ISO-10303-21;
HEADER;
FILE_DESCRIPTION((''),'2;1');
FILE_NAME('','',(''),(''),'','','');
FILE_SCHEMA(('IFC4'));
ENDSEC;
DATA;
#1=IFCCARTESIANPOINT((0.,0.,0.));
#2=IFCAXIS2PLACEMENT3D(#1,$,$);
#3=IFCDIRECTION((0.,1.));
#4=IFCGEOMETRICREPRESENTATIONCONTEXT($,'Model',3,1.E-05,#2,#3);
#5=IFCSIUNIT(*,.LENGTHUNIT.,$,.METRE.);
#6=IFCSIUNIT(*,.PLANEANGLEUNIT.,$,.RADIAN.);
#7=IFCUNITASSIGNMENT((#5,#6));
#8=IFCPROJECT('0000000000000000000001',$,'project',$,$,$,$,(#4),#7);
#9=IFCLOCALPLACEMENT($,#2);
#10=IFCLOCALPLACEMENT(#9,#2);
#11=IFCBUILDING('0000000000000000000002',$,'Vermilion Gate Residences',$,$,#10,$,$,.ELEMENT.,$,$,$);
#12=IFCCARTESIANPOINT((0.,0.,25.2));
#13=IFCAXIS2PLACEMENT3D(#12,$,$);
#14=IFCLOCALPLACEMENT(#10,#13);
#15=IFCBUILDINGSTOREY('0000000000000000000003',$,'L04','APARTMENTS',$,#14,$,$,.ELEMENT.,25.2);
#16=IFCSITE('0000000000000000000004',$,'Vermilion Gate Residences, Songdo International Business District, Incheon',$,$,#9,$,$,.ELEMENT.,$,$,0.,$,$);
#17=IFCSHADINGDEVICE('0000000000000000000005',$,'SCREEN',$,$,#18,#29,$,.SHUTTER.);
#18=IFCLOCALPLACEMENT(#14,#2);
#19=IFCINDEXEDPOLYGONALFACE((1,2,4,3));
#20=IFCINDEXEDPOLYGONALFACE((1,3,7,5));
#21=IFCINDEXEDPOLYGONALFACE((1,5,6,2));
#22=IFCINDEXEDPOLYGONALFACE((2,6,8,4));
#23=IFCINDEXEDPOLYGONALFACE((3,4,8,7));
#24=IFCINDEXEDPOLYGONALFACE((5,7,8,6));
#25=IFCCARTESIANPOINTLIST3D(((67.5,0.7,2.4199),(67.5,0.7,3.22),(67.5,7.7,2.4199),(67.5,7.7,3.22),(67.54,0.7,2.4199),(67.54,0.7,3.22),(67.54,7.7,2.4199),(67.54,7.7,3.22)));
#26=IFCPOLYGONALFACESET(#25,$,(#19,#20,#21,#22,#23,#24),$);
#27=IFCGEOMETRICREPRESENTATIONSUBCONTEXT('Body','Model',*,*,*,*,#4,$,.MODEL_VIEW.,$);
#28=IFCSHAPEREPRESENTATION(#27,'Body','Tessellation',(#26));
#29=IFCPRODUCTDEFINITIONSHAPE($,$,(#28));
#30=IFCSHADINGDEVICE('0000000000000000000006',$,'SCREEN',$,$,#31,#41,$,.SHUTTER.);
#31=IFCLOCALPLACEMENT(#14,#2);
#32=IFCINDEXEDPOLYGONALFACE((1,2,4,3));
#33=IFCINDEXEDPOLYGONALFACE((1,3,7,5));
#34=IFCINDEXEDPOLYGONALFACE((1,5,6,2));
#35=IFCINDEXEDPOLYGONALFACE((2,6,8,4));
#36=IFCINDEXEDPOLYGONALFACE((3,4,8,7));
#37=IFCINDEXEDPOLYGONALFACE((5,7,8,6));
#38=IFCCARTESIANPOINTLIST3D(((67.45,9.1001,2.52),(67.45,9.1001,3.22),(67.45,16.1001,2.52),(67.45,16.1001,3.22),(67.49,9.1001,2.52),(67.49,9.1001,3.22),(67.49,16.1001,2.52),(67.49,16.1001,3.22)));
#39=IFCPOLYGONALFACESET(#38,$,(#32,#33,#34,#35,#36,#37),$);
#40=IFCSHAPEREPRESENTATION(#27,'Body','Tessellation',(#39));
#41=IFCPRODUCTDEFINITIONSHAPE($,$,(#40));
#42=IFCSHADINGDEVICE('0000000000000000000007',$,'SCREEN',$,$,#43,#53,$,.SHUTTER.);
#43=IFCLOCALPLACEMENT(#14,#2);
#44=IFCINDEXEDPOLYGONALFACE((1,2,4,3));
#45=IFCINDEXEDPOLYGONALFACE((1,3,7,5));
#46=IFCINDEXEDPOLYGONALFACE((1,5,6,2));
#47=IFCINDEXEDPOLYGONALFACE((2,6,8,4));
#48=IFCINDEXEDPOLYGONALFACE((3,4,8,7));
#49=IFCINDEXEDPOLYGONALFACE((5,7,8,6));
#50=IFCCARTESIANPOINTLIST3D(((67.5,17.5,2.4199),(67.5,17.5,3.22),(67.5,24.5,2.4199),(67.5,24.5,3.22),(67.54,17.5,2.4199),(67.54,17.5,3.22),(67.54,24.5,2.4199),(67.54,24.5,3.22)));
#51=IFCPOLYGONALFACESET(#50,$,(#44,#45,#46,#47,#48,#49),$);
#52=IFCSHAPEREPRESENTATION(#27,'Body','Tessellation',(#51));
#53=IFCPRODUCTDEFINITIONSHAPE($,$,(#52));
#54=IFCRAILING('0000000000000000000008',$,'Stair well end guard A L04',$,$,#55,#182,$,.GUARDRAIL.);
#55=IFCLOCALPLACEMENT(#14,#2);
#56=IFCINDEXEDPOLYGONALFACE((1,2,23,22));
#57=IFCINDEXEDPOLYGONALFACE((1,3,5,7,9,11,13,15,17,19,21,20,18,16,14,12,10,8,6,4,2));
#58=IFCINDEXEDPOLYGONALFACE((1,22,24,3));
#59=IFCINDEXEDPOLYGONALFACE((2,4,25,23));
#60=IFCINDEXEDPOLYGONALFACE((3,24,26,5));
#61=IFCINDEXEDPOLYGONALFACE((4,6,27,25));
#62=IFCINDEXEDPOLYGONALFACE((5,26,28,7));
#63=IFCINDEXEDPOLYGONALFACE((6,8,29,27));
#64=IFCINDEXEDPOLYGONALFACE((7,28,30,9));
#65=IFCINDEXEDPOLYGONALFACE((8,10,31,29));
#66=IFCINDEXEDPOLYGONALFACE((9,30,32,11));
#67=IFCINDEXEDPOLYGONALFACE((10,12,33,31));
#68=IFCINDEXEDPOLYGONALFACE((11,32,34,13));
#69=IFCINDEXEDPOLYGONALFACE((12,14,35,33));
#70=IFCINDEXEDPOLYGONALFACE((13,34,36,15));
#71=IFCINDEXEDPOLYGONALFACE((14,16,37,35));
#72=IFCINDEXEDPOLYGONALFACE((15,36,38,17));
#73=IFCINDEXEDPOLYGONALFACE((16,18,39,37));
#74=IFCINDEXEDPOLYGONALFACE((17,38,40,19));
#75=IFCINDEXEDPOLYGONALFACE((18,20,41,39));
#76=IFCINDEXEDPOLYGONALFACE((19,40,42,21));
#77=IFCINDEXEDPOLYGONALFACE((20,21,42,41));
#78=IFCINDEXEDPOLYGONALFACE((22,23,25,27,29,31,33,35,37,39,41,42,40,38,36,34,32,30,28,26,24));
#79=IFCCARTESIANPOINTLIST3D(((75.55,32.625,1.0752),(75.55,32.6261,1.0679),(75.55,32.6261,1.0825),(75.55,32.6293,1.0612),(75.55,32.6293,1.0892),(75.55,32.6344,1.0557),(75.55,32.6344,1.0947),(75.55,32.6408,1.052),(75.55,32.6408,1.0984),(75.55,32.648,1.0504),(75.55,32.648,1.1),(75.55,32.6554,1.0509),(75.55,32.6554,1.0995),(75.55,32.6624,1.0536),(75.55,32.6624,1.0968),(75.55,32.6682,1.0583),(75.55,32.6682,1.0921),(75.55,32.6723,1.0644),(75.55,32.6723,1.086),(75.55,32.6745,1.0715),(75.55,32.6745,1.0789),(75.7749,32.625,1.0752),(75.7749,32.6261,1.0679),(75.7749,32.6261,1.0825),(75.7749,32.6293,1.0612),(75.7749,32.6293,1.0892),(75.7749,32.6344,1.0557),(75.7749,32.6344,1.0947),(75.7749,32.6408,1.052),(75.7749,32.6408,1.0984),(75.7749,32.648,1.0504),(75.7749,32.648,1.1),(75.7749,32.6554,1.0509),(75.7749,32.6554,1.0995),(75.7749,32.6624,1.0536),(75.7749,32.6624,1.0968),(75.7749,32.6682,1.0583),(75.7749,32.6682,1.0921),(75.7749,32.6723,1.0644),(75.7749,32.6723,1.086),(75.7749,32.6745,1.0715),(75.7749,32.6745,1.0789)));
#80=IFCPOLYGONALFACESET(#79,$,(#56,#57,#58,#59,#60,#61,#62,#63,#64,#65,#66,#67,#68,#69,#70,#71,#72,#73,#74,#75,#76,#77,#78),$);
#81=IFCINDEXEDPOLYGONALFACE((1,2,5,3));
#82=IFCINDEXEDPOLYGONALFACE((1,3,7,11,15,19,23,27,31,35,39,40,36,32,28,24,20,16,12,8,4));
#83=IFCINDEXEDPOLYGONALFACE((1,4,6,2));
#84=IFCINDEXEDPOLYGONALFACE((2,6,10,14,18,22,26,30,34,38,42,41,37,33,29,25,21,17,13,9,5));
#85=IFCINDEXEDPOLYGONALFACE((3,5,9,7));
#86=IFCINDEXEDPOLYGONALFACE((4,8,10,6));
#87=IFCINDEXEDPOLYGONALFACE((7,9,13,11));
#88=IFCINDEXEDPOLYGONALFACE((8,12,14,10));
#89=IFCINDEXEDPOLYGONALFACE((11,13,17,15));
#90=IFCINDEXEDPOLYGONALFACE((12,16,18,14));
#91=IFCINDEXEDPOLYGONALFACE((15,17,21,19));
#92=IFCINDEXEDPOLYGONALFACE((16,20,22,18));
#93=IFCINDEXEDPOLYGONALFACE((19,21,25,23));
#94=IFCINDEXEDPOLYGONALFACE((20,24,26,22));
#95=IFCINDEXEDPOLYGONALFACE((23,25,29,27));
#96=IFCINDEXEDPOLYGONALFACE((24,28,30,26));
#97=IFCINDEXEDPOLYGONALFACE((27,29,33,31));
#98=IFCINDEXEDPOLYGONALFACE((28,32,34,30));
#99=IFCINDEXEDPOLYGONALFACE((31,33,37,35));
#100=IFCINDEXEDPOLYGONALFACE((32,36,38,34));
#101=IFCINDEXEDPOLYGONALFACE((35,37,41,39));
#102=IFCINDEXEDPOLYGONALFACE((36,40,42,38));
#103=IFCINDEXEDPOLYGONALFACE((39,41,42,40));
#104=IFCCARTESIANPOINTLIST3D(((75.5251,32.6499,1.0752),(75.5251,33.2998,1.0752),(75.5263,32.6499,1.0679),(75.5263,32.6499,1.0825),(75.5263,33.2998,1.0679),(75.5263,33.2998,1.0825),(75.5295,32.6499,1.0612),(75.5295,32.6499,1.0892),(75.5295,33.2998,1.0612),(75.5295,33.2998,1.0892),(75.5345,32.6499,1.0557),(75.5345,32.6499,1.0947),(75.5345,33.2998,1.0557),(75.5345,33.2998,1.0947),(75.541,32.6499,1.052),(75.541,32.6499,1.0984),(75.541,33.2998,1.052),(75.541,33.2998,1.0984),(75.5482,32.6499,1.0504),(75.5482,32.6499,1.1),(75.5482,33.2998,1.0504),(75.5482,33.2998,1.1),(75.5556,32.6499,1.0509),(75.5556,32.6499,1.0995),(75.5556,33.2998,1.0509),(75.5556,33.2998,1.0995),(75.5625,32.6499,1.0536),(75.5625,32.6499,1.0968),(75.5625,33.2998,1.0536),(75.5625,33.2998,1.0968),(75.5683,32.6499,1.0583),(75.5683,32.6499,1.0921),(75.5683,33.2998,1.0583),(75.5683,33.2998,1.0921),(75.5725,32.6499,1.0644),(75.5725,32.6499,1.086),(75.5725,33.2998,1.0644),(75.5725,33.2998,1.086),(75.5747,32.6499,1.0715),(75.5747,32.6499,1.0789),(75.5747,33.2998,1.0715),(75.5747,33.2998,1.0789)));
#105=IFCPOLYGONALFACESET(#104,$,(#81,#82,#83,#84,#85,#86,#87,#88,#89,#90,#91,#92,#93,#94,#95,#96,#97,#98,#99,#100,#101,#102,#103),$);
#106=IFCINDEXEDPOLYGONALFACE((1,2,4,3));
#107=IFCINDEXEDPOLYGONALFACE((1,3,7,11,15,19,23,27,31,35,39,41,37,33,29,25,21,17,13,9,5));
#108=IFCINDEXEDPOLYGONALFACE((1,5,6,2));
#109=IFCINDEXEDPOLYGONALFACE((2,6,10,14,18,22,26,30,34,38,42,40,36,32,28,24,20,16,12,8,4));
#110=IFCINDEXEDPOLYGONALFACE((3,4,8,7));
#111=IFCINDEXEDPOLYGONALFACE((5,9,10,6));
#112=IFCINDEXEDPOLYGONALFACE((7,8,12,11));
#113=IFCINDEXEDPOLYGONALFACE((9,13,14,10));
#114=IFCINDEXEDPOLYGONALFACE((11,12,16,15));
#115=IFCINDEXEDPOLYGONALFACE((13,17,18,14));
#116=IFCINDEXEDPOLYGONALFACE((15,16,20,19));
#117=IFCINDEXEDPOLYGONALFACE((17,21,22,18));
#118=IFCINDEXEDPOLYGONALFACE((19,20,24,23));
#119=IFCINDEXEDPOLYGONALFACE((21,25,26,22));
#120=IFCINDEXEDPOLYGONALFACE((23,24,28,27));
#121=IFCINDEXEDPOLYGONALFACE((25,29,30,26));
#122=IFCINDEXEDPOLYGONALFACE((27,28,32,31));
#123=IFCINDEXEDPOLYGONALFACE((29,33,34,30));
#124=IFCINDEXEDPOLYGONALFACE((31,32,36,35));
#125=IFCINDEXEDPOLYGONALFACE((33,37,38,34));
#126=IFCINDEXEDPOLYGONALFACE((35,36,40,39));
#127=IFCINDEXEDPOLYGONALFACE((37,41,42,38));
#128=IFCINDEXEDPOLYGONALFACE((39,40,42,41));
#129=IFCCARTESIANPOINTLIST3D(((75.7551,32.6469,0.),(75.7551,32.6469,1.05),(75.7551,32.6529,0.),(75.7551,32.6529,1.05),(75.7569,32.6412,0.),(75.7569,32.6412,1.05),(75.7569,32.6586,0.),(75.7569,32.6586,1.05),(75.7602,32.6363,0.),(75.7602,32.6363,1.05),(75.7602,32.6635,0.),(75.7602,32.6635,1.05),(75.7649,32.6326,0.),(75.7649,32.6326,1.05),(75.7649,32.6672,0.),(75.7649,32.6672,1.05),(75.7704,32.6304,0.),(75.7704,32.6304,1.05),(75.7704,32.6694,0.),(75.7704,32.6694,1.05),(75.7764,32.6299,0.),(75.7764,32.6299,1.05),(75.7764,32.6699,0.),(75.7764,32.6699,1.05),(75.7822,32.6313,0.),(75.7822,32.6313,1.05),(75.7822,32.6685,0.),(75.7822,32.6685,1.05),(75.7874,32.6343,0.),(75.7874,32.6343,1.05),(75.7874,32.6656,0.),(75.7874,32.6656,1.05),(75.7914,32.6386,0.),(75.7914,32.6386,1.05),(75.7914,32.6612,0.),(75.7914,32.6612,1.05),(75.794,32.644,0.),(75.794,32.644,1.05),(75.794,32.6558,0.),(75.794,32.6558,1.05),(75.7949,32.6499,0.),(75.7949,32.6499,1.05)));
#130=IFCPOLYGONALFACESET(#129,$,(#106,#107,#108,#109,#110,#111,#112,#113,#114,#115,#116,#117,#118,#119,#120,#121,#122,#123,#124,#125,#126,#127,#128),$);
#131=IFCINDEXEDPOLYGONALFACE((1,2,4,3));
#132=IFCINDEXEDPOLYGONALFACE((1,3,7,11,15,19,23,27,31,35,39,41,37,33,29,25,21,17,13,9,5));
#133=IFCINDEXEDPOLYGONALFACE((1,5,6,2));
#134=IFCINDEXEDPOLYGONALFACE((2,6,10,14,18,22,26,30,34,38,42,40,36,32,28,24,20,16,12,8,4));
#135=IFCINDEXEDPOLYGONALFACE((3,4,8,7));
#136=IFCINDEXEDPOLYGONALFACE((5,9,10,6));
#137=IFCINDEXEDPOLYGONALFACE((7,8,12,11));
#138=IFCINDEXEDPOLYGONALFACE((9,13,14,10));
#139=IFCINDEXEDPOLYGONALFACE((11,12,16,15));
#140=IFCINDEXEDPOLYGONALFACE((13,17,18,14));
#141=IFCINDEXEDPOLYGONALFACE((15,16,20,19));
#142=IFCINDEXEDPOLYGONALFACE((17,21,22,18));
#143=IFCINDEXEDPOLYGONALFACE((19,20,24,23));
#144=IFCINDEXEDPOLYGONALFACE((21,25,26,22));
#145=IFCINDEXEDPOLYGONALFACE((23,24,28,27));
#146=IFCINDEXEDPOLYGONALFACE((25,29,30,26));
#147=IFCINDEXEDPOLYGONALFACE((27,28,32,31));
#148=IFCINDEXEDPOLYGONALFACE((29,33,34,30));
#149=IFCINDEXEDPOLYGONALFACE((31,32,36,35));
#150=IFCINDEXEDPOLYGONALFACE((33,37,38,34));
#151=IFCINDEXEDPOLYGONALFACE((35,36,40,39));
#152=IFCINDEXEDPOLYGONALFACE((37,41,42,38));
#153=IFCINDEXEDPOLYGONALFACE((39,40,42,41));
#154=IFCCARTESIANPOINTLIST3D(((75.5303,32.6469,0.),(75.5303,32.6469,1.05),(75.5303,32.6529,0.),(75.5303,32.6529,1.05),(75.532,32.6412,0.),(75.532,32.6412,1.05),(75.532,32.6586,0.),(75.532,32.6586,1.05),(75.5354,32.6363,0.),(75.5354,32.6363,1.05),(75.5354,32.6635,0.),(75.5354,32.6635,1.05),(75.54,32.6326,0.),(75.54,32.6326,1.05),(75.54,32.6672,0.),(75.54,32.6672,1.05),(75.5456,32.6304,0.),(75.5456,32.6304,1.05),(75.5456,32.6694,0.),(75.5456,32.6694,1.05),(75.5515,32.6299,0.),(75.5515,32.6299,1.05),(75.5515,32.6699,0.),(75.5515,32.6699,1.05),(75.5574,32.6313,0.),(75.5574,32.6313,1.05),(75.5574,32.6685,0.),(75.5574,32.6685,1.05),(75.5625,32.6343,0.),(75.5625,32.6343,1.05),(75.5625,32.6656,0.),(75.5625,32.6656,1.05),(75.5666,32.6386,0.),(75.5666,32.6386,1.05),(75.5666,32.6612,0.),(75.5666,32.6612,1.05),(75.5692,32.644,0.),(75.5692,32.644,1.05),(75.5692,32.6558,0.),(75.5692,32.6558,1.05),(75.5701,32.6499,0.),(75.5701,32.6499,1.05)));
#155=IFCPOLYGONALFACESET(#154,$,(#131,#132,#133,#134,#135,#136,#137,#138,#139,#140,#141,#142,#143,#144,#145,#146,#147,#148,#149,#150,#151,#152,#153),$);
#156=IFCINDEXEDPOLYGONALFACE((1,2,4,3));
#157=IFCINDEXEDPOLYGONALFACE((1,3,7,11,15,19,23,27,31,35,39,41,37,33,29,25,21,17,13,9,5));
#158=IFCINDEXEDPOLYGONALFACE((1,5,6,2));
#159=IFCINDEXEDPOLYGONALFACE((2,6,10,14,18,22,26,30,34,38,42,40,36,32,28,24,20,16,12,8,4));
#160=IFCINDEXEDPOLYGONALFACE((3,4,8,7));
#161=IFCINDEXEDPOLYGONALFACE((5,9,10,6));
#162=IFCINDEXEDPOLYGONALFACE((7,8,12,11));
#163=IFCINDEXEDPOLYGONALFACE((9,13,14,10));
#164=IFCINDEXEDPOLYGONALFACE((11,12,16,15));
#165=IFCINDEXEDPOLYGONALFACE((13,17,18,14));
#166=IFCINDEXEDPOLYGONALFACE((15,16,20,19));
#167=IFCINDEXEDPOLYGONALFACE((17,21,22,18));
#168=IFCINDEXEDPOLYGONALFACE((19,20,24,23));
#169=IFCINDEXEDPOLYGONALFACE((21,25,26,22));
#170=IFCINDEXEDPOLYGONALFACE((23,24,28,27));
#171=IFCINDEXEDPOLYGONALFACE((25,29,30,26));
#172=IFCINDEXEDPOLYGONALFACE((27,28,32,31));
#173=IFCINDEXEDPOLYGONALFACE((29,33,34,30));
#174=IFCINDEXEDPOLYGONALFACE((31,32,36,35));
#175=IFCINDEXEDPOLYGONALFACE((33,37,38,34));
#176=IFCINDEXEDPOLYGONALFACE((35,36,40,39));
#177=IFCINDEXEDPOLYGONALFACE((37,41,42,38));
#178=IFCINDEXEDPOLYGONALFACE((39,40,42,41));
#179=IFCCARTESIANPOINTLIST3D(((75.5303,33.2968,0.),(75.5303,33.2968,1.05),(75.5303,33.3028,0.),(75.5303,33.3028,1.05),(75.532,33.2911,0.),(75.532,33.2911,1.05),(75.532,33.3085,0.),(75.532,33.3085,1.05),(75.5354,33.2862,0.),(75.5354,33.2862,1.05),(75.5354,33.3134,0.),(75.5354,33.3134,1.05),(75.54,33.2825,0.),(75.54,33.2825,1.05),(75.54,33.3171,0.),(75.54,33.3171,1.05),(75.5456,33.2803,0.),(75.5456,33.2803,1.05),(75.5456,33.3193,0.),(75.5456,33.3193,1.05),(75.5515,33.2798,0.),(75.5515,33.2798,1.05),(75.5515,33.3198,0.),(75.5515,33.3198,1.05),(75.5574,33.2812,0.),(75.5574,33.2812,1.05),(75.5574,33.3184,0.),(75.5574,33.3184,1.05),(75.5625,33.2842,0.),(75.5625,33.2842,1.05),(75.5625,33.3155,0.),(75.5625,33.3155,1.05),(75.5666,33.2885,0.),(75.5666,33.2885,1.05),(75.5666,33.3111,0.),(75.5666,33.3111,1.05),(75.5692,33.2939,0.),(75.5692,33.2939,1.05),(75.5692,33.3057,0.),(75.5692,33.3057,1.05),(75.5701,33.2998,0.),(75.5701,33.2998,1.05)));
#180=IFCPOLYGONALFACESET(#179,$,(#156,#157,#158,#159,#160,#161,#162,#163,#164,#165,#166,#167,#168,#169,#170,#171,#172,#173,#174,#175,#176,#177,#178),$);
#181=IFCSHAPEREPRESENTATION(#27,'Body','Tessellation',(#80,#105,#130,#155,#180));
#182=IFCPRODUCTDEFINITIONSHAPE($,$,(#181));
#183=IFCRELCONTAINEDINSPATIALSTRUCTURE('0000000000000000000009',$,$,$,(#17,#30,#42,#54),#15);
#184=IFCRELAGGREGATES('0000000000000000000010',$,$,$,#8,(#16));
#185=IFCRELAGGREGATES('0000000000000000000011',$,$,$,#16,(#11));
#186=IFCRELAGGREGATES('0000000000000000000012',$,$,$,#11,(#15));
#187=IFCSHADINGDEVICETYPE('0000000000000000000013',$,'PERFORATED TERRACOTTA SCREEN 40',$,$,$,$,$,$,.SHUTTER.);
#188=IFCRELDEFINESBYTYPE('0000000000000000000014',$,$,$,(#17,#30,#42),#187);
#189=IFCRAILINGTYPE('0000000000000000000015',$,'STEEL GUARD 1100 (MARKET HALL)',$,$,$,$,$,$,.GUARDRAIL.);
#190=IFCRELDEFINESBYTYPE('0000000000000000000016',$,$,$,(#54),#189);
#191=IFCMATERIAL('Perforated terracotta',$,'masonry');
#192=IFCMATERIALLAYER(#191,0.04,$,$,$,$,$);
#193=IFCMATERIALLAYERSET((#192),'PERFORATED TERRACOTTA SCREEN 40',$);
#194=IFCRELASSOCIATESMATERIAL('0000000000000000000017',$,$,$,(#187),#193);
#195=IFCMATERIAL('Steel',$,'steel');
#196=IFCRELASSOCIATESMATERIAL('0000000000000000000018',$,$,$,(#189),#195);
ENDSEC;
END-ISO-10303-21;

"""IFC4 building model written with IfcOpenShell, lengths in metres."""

from ifc_helpers import new_model, si_unit, direction, frame, origin, origin_2d, place, context, subcontext, project, spatial, rectangle, circle, extrude, material, layer, layer_set, type_object, element, save


model = new_model("IFC4")

# Units and contexts
model_context = context("Model", 3, precision=1e-05, world=origin(), true_north=direction((0.0, 1.0)))
body_context = subcontext(model_context, "Body", "Model", "MODEL_VIEW")
ifc_project = project(units=[si_unit("LENGTHUNIT", "METRE"), si_unit("PLANEANGLEUNIT", "RADIAN")], contexts=[model_context])

# Site, building, storey
site_placement = place(None, origin())
site = spatial("IfcSite", under=ifc_project, at=site_placement, Name="Vermilion Gate Residences, Songdo International Business District, Incheon", CompositionType="ELEMENT", RefElevation=0.0)
building_placement = place(site_placement, origin())
building = spatial("IfcBuilding", under=site, at=building_placement, Name="Vermilion Gate Residences", CompositionType="ELEMENT")
storey_placement = place(building_placement, frame((0.0, 0.0, 25.2)))
storey = spatial("IfcBuildingStorey", under=building, at=storey_placement, Name="L04", Description="APARTMENTS", CompositionType="ELEMENT", Elevation=25.2)

# Shading devices
ifc_material_1 = material(Name="Perforated terracotta", Category="masonry")
ifc_layer_1 = layer(ifc_material_1, 0.04)
ifc_layer_set_1 = layer_set([ifc_layer_1], Name="PERFORATED TERRACOTTA SCREEN 40")
shading_device_type_1 = type_object("IfcShadingDeviceType", Name="PERFORATED TERRACOTTA SCREEN 40", PredefinedType="SHUTTER", material=ifc_layer_set_1)
shading_device_1_placement = place(storey_placement, frame((67.52, 4.2, 2.4199), z_axis=(0.0, 0.0, 1.0), x_axis=(0.0, 1.0, 0.0)))
element("IfcShadingDevice", 1, at=shading_device_1_placement, inside=storey, type_object=shading_device_type_1, Name="SCREEN", PredefinedType="SHUTTER", context=body_context, shape_type="SweptSolid", body=[
    extrude(rectangle(XDim=7.0, YDim=0.04, at=origin_2d()), origin(), (0.0, 0.0, 1.0), 0.8),
])
shading_device_2_placement = place(storey_placement, frame((67.47, 12.6001, 2.52), z_axis=(0.0, 0.0, 1.0), x_axis=(0.0, 1.0, 0.0)))
element("IfcShadingDevice", 2, at=shading_device_2_placement, inside=storey, type_object=shading_device_type_1, Name="SCREEN", PredefinedType="SHUTTER", context=body_context, shape_type="SweptSolid", body=[
    extrude(rectangle(XDim=7.0, YDim=0.04, at=origin_2d()), origin(), (0.0, 0.0, 1.0), 0.7),
])
shading_device_3_placement = place(storey_placement, frame((67.52, 21.0, 2.4199), z_axis=(0.0, 0.0, 1.0), x_axis=(0.0, 1.0, 0.0)))
element("IfcShadingDevice", 3, at=shading_device_3_placement, inside=storey, type_object=shading_device_type_1, Name="SCREEN", PredefinedType="SHUTTER", context=body_context, shape_type="SweptSolid", body=[
    extrude(rectangle(XDim=7.0, YDim=0.04, at=origin_2d()), origin(), (0.0, 0.0, 1.0), 0.8),
])

# Railing
ifc_material_2 = material(Name="Steel", Category="steel")
railing_type = type_object("IfcRailingType", Name="STEEL GUARD 1100 (MARKET HALL)", PredefinedType="GUARDRAIL", material=ifc_material_2)
railing_1_placement = place(storey_placement, frame((75.7749, 32.6499, 0.0)))
element("IfcRailing", 4, at=railing_1_placement, inside=storey, type_object=railing_type, Name="Stair well end guard A L04", PredefinedType="GUARDRAIL", context=body_context, shape_type="SweptSolid", body=[
    extrude(circle(Radius=0.0249, at=origin_2d()), frame((0.0, 0.0, 1.0752), z_axis=(-1.0, 0.0, 0.0), x_axis=(0.0, -1.0, 0.0)), (0.0, 0.0, 1.0), 0.2249),
    extrude(circle(Radius=0.0249, at=origin_2d()), frame((-0.2249, 0.0, 1.0752), z_axis=(0.0, 1.0, 0.0), x_axis=(-1.0, 0.0, 0.0)), (0.0, 0.0, 1.0), 0.6499),
    extrude(circle(Radius=0.02, at=origin_2d()), origin(), (0.0, 0.0, 1.0), 1.05),
    extrude(circle(Radius=0.02, at=origin_2d()), frame((-0.2249, 0.0, 0.0)), (0.0, 0.0, 1.0), 1.05),
    extrude(circle(Radius=0.02, at=origin_2d()), frame((-0.2249, 0.6499, 0.0)), (0.0, 0.0, 1.0), 1.05),
])

save(model, "model.ifc")
